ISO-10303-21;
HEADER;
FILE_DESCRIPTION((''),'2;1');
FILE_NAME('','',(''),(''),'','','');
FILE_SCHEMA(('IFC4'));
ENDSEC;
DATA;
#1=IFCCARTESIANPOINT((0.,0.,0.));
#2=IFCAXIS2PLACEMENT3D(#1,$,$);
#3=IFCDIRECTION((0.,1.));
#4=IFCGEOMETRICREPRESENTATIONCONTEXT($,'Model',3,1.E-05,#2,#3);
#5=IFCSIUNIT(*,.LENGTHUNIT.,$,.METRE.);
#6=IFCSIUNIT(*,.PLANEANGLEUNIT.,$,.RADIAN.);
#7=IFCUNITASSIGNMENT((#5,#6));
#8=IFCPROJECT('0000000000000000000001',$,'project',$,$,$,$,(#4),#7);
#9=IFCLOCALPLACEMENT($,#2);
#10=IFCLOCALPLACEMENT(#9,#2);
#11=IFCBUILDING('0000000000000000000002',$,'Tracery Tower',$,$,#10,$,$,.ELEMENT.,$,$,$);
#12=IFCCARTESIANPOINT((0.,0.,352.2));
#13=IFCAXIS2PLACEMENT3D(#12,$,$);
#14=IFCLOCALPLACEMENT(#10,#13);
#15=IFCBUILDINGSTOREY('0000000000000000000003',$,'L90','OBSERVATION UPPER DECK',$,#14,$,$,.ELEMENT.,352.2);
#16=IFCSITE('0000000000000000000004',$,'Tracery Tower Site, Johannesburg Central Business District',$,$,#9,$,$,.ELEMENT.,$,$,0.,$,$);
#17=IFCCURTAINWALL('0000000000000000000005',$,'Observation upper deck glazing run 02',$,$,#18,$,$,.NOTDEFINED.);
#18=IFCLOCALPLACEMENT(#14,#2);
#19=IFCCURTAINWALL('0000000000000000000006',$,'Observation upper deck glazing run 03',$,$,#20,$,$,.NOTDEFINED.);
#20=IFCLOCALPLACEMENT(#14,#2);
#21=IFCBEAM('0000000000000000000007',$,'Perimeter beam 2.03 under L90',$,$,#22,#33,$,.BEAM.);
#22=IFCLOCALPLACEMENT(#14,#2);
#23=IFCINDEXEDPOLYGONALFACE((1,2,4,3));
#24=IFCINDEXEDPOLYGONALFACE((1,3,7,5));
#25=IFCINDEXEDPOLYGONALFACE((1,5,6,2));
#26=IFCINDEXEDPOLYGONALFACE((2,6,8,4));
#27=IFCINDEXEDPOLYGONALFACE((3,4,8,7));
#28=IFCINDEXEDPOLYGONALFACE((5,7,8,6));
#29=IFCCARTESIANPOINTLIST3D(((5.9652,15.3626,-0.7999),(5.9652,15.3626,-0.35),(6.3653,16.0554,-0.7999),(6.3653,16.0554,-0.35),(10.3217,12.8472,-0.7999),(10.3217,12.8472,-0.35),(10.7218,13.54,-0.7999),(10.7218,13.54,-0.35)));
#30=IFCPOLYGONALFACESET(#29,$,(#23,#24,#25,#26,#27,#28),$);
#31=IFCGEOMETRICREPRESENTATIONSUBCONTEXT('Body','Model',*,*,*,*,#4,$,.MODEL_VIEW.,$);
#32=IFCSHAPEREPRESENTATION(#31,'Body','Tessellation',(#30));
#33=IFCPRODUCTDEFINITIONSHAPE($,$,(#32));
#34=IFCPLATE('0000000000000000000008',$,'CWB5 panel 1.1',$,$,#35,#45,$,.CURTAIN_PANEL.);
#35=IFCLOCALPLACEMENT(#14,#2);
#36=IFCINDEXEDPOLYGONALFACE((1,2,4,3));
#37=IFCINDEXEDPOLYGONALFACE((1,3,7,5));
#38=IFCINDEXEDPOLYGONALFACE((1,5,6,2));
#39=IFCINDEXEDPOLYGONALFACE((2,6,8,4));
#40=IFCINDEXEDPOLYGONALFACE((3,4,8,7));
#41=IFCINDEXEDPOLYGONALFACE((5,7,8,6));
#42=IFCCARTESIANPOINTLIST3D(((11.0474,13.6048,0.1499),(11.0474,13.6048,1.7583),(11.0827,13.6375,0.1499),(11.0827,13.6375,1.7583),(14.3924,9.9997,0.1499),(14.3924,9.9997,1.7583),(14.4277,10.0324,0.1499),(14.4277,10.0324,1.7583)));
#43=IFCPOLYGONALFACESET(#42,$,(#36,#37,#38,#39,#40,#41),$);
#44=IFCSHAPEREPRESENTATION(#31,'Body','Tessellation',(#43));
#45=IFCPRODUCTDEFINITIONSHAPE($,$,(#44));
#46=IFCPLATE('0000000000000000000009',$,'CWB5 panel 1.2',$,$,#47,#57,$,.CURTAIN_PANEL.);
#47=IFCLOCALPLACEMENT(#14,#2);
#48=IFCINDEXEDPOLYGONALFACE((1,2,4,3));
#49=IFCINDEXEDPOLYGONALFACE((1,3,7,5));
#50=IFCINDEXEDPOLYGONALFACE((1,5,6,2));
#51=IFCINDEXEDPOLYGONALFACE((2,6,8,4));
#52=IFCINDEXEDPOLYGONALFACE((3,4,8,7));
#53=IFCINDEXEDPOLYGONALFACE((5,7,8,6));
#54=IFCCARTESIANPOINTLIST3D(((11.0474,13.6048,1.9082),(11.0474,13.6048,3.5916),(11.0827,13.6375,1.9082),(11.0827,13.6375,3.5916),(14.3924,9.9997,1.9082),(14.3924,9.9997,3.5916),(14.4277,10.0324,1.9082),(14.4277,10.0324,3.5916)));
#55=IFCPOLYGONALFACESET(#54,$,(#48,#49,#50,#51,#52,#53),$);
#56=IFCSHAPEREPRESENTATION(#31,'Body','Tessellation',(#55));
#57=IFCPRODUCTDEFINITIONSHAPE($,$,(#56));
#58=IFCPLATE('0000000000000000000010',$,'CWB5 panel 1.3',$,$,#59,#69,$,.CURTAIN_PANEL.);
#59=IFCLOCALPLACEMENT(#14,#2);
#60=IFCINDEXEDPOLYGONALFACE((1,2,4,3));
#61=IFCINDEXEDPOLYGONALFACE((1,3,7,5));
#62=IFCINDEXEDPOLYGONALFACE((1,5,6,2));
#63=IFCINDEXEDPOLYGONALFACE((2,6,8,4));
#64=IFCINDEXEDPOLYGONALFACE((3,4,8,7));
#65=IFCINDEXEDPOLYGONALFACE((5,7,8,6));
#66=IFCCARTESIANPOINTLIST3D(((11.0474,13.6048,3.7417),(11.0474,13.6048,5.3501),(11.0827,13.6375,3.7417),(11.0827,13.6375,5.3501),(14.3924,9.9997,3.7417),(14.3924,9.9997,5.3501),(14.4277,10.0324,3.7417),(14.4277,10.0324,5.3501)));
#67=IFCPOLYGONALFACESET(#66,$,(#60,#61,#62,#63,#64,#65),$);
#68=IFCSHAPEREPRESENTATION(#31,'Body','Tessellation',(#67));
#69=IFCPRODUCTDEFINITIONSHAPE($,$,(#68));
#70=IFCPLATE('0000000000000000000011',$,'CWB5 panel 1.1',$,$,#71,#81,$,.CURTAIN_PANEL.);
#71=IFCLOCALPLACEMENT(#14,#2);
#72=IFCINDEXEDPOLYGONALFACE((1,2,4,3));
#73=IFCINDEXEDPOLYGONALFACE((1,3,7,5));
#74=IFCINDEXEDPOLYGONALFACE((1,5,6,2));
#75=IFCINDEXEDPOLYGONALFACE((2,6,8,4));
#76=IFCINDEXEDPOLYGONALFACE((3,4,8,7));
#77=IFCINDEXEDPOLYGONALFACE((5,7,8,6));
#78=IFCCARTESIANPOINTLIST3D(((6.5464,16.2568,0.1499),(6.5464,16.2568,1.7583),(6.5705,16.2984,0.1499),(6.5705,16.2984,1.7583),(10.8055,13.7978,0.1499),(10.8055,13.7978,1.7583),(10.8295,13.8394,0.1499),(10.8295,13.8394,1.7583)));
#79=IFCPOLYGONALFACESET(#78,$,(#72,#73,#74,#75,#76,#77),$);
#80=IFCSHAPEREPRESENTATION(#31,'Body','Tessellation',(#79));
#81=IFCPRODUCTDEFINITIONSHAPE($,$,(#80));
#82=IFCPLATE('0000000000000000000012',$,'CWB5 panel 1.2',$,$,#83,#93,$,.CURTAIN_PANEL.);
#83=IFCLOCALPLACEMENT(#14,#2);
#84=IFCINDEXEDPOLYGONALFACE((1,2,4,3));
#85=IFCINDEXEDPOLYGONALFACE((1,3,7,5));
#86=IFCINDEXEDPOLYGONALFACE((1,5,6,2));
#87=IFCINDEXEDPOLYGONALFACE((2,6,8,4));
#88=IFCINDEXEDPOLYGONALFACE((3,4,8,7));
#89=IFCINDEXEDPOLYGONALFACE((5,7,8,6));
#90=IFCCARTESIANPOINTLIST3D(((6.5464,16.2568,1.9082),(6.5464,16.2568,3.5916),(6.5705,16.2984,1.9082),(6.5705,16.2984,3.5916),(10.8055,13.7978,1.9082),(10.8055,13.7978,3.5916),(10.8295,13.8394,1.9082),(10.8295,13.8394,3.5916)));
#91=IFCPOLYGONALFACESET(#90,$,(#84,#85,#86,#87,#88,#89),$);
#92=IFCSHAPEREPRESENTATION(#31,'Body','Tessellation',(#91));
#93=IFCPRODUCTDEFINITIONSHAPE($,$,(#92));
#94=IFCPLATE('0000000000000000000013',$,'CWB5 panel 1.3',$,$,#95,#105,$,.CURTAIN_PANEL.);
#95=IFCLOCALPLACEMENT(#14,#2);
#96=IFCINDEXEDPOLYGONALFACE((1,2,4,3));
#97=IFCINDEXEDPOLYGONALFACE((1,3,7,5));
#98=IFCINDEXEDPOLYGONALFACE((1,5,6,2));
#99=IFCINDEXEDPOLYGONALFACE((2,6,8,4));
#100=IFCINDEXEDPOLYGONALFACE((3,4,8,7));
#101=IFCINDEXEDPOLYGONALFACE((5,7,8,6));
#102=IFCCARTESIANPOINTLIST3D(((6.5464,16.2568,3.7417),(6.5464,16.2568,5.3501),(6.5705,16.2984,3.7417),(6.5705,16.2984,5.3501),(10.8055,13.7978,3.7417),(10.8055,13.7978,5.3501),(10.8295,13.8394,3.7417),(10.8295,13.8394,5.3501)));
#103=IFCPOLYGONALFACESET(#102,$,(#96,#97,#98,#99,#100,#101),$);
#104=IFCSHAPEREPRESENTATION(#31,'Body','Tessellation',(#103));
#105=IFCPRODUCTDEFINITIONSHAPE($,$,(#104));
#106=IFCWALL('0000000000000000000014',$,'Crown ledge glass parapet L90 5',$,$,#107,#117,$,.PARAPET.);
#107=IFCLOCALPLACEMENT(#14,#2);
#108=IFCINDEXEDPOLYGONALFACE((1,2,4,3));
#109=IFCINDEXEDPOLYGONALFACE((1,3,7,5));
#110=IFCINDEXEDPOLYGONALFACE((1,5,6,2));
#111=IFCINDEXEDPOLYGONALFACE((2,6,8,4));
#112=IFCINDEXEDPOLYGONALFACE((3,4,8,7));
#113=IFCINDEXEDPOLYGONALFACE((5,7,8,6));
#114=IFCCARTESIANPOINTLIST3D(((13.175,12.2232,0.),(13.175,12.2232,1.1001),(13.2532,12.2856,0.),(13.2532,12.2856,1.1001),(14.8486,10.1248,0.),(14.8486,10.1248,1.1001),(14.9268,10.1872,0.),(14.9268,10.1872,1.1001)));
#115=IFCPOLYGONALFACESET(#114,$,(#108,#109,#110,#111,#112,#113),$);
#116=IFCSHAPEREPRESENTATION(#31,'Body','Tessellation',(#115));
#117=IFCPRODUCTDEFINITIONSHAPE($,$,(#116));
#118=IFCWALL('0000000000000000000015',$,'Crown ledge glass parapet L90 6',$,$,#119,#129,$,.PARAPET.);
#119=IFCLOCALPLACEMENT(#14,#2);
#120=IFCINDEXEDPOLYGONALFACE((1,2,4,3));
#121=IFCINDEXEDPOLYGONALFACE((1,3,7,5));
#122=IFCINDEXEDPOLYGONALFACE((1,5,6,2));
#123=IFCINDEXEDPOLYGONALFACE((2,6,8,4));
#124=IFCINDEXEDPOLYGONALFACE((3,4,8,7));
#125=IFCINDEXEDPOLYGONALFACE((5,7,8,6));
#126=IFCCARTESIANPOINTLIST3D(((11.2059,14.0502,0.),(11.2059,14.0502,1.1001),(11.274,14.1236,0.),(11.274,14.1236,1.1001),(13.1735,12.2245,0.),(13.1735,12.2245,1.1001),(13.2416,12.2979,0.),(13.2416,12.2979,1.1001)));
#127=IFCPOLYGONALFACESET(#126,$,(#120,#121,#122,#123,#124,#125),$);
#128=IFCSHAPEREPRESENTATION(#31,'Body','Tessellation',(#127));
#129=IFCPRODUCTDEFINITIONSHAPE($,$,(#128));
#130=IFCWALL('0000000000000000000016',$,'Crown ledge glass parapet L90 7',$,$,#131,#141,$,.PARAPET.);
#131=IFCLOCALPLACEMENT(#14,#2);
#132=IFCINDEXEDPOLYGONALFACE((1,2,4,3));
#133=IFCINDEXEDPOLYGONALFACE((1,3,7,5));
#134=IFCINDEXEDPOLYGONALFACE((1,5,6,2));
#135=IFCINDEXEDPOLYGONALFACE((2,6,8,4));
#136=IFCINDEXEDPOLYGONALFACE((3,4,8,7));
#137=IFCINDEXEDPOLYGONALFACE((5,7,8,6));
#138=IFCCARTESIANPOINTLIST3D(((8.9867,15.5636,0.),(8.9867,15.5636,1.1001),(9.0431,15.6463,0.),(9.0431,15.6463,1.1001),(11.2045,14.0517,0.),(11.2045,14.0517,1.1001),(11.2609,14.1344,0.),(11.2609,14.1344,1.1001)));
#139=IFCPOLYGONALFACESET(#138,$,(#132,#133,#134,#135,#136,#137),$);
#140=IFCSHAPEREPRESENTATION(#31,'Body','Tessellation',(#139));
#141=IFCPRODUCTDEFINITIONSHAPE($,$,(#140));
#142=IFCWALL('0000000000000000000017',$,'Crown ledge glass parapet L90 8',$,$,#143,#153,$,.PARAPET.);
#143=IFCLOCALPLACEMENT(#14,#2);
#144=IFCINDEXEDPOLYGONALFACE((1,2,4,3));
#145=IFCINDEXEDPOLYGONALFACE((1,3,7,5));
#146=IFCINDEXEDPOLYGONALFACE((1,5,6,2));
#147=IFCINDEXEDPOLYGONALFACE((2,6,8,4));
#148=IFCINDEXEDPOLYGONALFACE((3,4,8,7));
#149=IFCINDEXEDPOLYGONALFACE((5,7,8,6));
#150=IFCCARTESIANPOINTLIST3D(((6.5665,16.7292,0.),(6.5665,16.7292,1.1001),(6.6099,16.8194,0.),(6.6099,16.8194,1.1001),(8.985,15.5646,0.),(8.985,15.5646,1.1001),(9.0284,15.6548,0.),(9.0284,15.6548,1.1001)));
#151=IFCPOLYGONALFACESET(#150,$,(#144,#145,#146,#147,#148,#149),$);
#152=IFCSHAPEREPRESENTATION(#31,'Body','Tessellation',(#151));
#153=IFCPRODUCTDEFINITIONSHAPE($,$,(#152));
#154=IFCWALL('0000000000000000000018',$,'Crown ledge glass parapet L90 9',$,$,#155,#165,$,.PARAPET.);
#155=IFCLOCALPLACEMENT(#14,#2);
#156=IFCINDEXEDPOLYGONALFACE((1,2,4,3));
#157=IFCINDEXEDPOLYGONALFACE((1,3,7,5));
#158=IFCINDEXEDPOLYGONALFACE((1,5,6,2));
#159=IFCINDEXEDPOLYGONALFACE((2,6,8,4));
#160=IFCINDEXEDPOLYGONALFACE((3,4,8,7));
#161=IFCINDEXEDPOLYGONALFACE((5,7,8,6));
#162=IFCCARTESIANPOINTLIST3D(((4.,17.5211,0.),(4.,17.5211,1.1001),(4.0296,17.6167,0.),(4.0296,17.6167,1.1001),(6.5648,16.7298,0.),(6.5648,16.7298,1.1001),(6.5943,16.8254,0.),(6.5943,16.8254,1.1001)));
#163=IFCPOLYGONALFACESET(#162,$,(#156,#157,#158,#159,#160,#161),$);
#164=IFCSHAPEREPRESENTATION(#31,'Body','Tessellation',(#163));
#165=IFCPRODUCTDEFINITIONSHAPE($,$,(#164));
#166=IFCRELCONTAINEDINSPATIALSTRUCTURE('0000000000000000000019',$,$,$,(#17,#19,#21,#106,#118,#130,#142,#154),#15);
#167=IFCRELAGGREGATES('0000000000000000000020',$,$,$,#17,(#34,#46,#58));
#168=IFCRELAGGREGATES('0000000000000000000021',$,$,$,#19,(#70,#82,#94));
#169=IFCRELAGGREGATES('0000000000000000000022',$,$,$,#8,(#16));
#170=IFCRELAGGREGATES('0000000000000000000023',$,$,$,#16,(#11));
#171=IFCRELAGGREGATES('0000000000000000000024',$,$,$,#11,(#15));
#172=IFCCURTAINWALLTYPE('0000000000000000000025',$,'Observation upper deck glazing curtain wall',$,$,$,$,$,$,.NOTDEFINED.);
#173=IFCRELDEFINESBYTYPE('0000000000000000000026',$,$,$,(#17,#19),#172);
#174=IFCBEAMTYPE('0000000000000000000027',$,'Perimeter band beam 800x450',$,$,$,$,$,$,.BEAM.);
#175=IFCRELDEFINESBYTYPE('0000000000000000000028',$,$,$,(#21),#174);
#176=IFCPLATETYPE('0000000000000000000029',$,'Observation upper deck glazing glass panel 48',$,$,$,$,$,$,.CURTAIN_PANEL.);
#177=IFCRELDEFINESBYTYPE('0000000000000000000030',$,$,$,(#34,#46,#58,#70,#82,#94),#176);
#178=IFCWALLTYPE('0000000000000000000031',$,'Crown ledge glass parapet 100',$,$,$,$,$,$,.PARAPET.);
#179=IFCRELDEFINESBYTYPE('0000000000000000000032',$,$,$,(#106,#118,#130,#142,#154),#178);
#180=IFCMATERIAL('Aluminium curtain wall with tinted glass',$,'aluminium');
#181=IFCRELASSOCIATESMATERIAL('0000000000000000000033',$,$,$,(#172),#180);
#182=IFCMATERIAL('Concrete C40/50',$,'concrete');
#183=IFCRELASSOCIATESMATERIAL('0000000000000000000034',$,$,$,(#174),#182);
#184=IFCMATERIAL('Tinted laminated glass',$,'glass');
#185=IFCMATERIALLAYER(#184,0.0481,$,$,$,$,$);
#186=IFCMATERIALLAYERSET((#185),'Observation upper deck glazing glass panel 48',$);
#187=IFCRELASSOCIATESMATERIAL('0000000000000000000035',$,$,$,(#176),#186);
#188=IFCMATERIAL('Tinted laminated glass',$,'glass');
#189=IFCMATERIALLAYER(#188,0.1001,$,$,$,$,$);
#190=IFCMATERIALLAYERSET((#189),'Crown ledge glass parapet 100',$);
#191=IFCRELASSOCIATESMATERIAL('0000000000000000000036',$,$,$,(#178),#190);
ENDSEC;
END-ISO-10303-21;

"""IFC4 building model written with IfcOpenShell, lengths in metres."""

from ifc_helpers import new_model, si_unit, direction, frame, frame_2d, origin, origin_2d, place, context, subcontext, project, spatial, rectangle, extrude, material, layer, layer_set, material_profile, profile_set, type_object, element, aggregate, save


model = new_model("IFC4")

# Units and contexts
model_context = context("Model", 3, precision=1e-05, world=origin(), true_north=direction((0.0, 1.0)))
body_context = subcontext(model_context, "Body", "Model", "MODEL_VIEW")
ifc_project = project(units=[si_unit("LENGTHUNIT", "METRE"), si_unit("PLANEANGLEUNIT", "RADIAN")], contexts=[model_context])

# Site, building, storey
site_placement = place(None, origin())
site = spatial("IfcSite", under=ifc_project, at=site_placement, Name="Tracery Tower Site, Johannesburg Central Business District", CompositionType="ELEMENT", RefElevation=0.0)
building_placement = place(site_placement, origin())
building = spatial("IfcBuilding", under=site, at=building_placement, Name="Tracery Tower", CompositionType="ELEMENT")
storey_placement = place(building_placement, frame((0.0, 0.0, 352.2)))
storey = spatial("IfcBuildingStorey", under=building, at=storey_placement, Name="L90", Description="OBSERVATION UPPER DECK", CompositionType="ELEMENT", Elevation=352.2)

# Curtain walls
ifc_material_1 = material(Name="Aluminium curtain wall with tinted glass", Category="aluminium")
curtain_wall_type = type_object("IfcCurtainWallType", Name="Observation upper deck glazing curtain wall", PredefinedType="NOTDEFINED", material=ifc_material_1)
curtain_wall_1_placement = place(storey_placement, origin())
curtain_wall_1 = element("IfcCurtainWall", 1, at=curtain_wall_1_placement, inside=storey, type_object=curtain_wall_type, Name="Observation upper deck glazing run 02", PredefinedType="NOTDEFINED")
curtain_wall_2_placement = place(storey_placement, origin())
curtain_wall_2 = element("IfcCurtainWall", 2, at=curtain_wall_2_placement, inside=storey, type_object=curtain_wall_type, Name="Observation upper deck glazing run 03", PredefinedType="NOTDEFINED")

# Beam
ifc_material_2 = material(Name="Concrete C40/50", Category="concrete")
ifc_material_profile_1 = material_profile(ifc_material_2, rectangle(XDim=0.8, YDim=0.45, at=origin_2d()), Name="RC 800x450")
ifc_profile_set_1 = profile_set([ifc_material_profile_1], Name="Concrete C40/50")
beam_type = type_object("IfcBeamType", Name="Perimeter band beam 800x450", PredefinedType="BEAM", material=ifc_profile_set_1)
beam_placement = place(storey_placement, frame((10.5217, 13.1936, -0.575), z_axis=(-0.866009, 0.500028, 0.0), x_axis=(-0.500028, -0.866009, 0.0)))
element("IfcBeam", 3, at=beam_placement, inside=storey, type_object=beam_type, Name="Perimeter beam 2.03 under L90", PredefinedType="BEAM", context=body_context, shape_type="SweptSolid", body=[
    extrude(rectangle(XDim=0.8, YDim=0.45, at=origin_2d()), origin(), (0.0, 0.0, 1.0), 5.0305),
])

# Plates
ifc_material_3 = material(Name="Tinted laminated glass", Category="glass")
ifc_layer_1 = layer(ifc_material_3, 0.0481)
ifc_layer_set_1 = layer_set([ifc_layer_1], Name="Observation upper deck glazing glass panel 48")
plate_type = type_object("IfcPlateType", Name="Observation upper deck glazing glass panel 48", PredefinedType="CURTAIN_PANEL", material=ifc_layer_set_1)
plate_1_placement = place(storey_placement, frame((12.7375, 11.8186, 0.1499), z_axis=(0.0, 0.0, 1.0), x_axis=(-0.680168, 0.733057, 0.0)))
plate_1 = element("IfcPlate", 4, at=plate_1_placement, type_object=plate_type, Name="CWB5 panel 1.1", PredefinedType="CURTAIN_PANEL", context=body_context, shape_type="SweptSolid", body=[
    extrude(rectangle(XDim=4.918, YDim=0.0481, at=origin_2d()), origin(), (0.0, 0.0, 1.0), 1.6084),
])
plate_2_placement = place(storey_placement, frame((12.7375, 11.8186, 1.9082), z_axis=(0.0, 0.0, 1.0), x_axis=(-0.680168, 0.733057, 0.0)))
plate_2 = element("IfcPlate", 5, at=plate_2_placement, type_object=plate_type, Name="CWB5 panel 1.2", PredefinedType="CURTAIN_PANEL", context=body_context, shape_type="SweptSolid", body=[
    extrude(rectangle(XDim=4.918, YDim=0.0481, at=origin_2d()), origin(), (0.0, 0.0, 1.0), 1.6833),
])
plate_3_placement = place(storey_placement, frame((12.7375, 11.8186, 3.7417), z_axis=(0.0, 0.0, 1.0), x_axis=(-0.680168, 0.733057, 0.0)))
plate_3 = element("IfcPlate", 6, at=plate_3_placement, type_object=plate_type, Name="CWB5 panel 1.3", PredefinedType="CURTAIN_PANEL", context=body_context, shape_type="SweptSolid", body=[
    extrude(rectangle(XDim=4.918, YDim=0.0481, at=origin_2d()), origin(), (0.0, 0.0, 1.0), 1.6084),
])
aggregate(curtain_wall_1, [plate_1, plate_2, plate_3])
plate_4_placement = place(storey_placement, frame((8.688, 15.0481, 0.1499), z_axis=(0.0, 0.0, 1.0), x_axis=(-0.866023, 0.500005, 0.0)))
plate_4 = element("IfcPlate", 7, at=plate_4_placement, type_object=plate_type, Name="CWB5 panel 1.1", PredefinedType="CURTAIN_PANEL", context=body_context, shape_type="SweptSolid", body=[
    extrude(rectangle(XDim=4.918, YDim=0.0481, at=origin_2d()), origin(), (0.0, 0.0, 1.0), 1.6084),
])
plate_5_placement = place(storey_placement, frame((8.688, 15.0481, 1.9082), z_axis=(0.0, 0.0, 1.0), x_axis=(-0.866023, 0.500005, 0.0)))
plate_5 = element("IfcPlate", 8, at=plate_5_placement, type_object=plate_type, Name="CWB5 panel 1.2", PredefinedType="CURTAIN_PANEL", context=body_context, shape_type="SweptSolid", body=[
    extrude(rectangle(XDim=4.918, YDim=0.0481, at=origin_2d()), origin(), (0.0, 0.0, 1.0), 1.6833),
])
plate_6_placement = place(storey_placement, frame((8.688, 15.0481, 3.7417), z_axis=(0.0, 0.0, 1.0), x_axis=(-0.866023, 0.500005, 0.0)))
plate_6 = element("IfcPlate", 9, at=plate_6_placement, type_object=plate_type, Name="CWB5 panel 1.3", PredefinedType="CURTAIN_PANEL", context=body_context, shape_type="SweptSolid", body=[
    extrude(rectangle(XDim=4.918, YDim=0.0481, at=origin_2d()), origin(), (0.0, 0.0, 1.0), 1.6084),
])
aggregate(curtain_wall_2, [plate_4, plate_5, plate_6])

# Walls
ifc_material_4 = material(Name="Tinted laminated glass", Category="glass")
ifc_layer_2 = layer(ifc_material_4, 0.1001)
ifc_layer_set_2 = layer_set([ifc_layer_2], Name="Crown ledge glass parapet 100")
wall_type = type_object("IfcWallType", Name="Crown ledge glass parapet 100", PredefinedType="PARAPET", material=ifc_layer_set_2)
for number, where, z_axis, x_axis, name in (
    (10, (14.8877, 10.156, 0.0), (0.0, 0.0, 1.0), (-0.62353, 0.7818, 0.0), "Crown ledge glass parapet L90 5"),
    (11, (13.2075, 12.2612, 0.0), (0.0, 0.0, 1.0), (-0.733036, 0.680189, 0.0), "Crown ledge glass parapet L90 6"),
    (12, (11.2327, 14.093, 0.0), (0.0, 0.0, 1.0), (-0.826254, 0.563297, 0.0), "Crown ledge glass parapet L90 7"),
):
    element("IfcWall", number, at=place(storey_placement, frame(where, z_axis=z_axis, x_axis=x_axis)), inside=storey, type_object=wall_type, Name=name, PredefinedType="PARAPET", context=body_context, shape_type="SweptSolid", body=[
        extrude(rectangle(XDim=2.6841, YDim=0.1001, at=frame_2d((1.342, 0.0))), origin(), (0.0, 0.0, 1.0), 1.1001),
    ])
wall_1_placement = place(storey_placement, frame((9.0068, 15.6096, 0.0), z_axis=(0.0, 0.0, 1.0), x_axis=(-0.900986, 0.433848, 0.0)))
element("IfcWall", 13, at=wall_1_placement, inside=storey, type_object=wall_type, Name="Crown ledge glass parapet L90 8", PredefinedType="PARAPET", context=body_context, shape_type="SweptSolid", body=[
    extrude(rectangle(XDim=2.6843, YDim=0.1001, at=frame_2d((1.3423, 0.0))), origin(), (0.0, 0.0, 1.0), 1.1001),
])
wall_2_placement = place(storey_placement, frame((6.5796, 16.7776, 0.0), z_axis=(0.0, 0.0, 1.0), x_axis=(-0.955556, 0.294808, 0.0)))
element("IfcWall", 14, at=wall_2_placement, inside=storey, type_object=wall_type, Name="Crown ledge glass parapet L90 9", PredefinedType="PARAPET", context=body_context, shape_type="SweptSolid", body=[
    extrude(rectangle(XDim=2.6841, YDim=0.1001, at=frame_2d((1.342, 0.0))), origin(), (0.0, 0.0, 1.0), 1.1001),
])

save(model, "model.ifc")
